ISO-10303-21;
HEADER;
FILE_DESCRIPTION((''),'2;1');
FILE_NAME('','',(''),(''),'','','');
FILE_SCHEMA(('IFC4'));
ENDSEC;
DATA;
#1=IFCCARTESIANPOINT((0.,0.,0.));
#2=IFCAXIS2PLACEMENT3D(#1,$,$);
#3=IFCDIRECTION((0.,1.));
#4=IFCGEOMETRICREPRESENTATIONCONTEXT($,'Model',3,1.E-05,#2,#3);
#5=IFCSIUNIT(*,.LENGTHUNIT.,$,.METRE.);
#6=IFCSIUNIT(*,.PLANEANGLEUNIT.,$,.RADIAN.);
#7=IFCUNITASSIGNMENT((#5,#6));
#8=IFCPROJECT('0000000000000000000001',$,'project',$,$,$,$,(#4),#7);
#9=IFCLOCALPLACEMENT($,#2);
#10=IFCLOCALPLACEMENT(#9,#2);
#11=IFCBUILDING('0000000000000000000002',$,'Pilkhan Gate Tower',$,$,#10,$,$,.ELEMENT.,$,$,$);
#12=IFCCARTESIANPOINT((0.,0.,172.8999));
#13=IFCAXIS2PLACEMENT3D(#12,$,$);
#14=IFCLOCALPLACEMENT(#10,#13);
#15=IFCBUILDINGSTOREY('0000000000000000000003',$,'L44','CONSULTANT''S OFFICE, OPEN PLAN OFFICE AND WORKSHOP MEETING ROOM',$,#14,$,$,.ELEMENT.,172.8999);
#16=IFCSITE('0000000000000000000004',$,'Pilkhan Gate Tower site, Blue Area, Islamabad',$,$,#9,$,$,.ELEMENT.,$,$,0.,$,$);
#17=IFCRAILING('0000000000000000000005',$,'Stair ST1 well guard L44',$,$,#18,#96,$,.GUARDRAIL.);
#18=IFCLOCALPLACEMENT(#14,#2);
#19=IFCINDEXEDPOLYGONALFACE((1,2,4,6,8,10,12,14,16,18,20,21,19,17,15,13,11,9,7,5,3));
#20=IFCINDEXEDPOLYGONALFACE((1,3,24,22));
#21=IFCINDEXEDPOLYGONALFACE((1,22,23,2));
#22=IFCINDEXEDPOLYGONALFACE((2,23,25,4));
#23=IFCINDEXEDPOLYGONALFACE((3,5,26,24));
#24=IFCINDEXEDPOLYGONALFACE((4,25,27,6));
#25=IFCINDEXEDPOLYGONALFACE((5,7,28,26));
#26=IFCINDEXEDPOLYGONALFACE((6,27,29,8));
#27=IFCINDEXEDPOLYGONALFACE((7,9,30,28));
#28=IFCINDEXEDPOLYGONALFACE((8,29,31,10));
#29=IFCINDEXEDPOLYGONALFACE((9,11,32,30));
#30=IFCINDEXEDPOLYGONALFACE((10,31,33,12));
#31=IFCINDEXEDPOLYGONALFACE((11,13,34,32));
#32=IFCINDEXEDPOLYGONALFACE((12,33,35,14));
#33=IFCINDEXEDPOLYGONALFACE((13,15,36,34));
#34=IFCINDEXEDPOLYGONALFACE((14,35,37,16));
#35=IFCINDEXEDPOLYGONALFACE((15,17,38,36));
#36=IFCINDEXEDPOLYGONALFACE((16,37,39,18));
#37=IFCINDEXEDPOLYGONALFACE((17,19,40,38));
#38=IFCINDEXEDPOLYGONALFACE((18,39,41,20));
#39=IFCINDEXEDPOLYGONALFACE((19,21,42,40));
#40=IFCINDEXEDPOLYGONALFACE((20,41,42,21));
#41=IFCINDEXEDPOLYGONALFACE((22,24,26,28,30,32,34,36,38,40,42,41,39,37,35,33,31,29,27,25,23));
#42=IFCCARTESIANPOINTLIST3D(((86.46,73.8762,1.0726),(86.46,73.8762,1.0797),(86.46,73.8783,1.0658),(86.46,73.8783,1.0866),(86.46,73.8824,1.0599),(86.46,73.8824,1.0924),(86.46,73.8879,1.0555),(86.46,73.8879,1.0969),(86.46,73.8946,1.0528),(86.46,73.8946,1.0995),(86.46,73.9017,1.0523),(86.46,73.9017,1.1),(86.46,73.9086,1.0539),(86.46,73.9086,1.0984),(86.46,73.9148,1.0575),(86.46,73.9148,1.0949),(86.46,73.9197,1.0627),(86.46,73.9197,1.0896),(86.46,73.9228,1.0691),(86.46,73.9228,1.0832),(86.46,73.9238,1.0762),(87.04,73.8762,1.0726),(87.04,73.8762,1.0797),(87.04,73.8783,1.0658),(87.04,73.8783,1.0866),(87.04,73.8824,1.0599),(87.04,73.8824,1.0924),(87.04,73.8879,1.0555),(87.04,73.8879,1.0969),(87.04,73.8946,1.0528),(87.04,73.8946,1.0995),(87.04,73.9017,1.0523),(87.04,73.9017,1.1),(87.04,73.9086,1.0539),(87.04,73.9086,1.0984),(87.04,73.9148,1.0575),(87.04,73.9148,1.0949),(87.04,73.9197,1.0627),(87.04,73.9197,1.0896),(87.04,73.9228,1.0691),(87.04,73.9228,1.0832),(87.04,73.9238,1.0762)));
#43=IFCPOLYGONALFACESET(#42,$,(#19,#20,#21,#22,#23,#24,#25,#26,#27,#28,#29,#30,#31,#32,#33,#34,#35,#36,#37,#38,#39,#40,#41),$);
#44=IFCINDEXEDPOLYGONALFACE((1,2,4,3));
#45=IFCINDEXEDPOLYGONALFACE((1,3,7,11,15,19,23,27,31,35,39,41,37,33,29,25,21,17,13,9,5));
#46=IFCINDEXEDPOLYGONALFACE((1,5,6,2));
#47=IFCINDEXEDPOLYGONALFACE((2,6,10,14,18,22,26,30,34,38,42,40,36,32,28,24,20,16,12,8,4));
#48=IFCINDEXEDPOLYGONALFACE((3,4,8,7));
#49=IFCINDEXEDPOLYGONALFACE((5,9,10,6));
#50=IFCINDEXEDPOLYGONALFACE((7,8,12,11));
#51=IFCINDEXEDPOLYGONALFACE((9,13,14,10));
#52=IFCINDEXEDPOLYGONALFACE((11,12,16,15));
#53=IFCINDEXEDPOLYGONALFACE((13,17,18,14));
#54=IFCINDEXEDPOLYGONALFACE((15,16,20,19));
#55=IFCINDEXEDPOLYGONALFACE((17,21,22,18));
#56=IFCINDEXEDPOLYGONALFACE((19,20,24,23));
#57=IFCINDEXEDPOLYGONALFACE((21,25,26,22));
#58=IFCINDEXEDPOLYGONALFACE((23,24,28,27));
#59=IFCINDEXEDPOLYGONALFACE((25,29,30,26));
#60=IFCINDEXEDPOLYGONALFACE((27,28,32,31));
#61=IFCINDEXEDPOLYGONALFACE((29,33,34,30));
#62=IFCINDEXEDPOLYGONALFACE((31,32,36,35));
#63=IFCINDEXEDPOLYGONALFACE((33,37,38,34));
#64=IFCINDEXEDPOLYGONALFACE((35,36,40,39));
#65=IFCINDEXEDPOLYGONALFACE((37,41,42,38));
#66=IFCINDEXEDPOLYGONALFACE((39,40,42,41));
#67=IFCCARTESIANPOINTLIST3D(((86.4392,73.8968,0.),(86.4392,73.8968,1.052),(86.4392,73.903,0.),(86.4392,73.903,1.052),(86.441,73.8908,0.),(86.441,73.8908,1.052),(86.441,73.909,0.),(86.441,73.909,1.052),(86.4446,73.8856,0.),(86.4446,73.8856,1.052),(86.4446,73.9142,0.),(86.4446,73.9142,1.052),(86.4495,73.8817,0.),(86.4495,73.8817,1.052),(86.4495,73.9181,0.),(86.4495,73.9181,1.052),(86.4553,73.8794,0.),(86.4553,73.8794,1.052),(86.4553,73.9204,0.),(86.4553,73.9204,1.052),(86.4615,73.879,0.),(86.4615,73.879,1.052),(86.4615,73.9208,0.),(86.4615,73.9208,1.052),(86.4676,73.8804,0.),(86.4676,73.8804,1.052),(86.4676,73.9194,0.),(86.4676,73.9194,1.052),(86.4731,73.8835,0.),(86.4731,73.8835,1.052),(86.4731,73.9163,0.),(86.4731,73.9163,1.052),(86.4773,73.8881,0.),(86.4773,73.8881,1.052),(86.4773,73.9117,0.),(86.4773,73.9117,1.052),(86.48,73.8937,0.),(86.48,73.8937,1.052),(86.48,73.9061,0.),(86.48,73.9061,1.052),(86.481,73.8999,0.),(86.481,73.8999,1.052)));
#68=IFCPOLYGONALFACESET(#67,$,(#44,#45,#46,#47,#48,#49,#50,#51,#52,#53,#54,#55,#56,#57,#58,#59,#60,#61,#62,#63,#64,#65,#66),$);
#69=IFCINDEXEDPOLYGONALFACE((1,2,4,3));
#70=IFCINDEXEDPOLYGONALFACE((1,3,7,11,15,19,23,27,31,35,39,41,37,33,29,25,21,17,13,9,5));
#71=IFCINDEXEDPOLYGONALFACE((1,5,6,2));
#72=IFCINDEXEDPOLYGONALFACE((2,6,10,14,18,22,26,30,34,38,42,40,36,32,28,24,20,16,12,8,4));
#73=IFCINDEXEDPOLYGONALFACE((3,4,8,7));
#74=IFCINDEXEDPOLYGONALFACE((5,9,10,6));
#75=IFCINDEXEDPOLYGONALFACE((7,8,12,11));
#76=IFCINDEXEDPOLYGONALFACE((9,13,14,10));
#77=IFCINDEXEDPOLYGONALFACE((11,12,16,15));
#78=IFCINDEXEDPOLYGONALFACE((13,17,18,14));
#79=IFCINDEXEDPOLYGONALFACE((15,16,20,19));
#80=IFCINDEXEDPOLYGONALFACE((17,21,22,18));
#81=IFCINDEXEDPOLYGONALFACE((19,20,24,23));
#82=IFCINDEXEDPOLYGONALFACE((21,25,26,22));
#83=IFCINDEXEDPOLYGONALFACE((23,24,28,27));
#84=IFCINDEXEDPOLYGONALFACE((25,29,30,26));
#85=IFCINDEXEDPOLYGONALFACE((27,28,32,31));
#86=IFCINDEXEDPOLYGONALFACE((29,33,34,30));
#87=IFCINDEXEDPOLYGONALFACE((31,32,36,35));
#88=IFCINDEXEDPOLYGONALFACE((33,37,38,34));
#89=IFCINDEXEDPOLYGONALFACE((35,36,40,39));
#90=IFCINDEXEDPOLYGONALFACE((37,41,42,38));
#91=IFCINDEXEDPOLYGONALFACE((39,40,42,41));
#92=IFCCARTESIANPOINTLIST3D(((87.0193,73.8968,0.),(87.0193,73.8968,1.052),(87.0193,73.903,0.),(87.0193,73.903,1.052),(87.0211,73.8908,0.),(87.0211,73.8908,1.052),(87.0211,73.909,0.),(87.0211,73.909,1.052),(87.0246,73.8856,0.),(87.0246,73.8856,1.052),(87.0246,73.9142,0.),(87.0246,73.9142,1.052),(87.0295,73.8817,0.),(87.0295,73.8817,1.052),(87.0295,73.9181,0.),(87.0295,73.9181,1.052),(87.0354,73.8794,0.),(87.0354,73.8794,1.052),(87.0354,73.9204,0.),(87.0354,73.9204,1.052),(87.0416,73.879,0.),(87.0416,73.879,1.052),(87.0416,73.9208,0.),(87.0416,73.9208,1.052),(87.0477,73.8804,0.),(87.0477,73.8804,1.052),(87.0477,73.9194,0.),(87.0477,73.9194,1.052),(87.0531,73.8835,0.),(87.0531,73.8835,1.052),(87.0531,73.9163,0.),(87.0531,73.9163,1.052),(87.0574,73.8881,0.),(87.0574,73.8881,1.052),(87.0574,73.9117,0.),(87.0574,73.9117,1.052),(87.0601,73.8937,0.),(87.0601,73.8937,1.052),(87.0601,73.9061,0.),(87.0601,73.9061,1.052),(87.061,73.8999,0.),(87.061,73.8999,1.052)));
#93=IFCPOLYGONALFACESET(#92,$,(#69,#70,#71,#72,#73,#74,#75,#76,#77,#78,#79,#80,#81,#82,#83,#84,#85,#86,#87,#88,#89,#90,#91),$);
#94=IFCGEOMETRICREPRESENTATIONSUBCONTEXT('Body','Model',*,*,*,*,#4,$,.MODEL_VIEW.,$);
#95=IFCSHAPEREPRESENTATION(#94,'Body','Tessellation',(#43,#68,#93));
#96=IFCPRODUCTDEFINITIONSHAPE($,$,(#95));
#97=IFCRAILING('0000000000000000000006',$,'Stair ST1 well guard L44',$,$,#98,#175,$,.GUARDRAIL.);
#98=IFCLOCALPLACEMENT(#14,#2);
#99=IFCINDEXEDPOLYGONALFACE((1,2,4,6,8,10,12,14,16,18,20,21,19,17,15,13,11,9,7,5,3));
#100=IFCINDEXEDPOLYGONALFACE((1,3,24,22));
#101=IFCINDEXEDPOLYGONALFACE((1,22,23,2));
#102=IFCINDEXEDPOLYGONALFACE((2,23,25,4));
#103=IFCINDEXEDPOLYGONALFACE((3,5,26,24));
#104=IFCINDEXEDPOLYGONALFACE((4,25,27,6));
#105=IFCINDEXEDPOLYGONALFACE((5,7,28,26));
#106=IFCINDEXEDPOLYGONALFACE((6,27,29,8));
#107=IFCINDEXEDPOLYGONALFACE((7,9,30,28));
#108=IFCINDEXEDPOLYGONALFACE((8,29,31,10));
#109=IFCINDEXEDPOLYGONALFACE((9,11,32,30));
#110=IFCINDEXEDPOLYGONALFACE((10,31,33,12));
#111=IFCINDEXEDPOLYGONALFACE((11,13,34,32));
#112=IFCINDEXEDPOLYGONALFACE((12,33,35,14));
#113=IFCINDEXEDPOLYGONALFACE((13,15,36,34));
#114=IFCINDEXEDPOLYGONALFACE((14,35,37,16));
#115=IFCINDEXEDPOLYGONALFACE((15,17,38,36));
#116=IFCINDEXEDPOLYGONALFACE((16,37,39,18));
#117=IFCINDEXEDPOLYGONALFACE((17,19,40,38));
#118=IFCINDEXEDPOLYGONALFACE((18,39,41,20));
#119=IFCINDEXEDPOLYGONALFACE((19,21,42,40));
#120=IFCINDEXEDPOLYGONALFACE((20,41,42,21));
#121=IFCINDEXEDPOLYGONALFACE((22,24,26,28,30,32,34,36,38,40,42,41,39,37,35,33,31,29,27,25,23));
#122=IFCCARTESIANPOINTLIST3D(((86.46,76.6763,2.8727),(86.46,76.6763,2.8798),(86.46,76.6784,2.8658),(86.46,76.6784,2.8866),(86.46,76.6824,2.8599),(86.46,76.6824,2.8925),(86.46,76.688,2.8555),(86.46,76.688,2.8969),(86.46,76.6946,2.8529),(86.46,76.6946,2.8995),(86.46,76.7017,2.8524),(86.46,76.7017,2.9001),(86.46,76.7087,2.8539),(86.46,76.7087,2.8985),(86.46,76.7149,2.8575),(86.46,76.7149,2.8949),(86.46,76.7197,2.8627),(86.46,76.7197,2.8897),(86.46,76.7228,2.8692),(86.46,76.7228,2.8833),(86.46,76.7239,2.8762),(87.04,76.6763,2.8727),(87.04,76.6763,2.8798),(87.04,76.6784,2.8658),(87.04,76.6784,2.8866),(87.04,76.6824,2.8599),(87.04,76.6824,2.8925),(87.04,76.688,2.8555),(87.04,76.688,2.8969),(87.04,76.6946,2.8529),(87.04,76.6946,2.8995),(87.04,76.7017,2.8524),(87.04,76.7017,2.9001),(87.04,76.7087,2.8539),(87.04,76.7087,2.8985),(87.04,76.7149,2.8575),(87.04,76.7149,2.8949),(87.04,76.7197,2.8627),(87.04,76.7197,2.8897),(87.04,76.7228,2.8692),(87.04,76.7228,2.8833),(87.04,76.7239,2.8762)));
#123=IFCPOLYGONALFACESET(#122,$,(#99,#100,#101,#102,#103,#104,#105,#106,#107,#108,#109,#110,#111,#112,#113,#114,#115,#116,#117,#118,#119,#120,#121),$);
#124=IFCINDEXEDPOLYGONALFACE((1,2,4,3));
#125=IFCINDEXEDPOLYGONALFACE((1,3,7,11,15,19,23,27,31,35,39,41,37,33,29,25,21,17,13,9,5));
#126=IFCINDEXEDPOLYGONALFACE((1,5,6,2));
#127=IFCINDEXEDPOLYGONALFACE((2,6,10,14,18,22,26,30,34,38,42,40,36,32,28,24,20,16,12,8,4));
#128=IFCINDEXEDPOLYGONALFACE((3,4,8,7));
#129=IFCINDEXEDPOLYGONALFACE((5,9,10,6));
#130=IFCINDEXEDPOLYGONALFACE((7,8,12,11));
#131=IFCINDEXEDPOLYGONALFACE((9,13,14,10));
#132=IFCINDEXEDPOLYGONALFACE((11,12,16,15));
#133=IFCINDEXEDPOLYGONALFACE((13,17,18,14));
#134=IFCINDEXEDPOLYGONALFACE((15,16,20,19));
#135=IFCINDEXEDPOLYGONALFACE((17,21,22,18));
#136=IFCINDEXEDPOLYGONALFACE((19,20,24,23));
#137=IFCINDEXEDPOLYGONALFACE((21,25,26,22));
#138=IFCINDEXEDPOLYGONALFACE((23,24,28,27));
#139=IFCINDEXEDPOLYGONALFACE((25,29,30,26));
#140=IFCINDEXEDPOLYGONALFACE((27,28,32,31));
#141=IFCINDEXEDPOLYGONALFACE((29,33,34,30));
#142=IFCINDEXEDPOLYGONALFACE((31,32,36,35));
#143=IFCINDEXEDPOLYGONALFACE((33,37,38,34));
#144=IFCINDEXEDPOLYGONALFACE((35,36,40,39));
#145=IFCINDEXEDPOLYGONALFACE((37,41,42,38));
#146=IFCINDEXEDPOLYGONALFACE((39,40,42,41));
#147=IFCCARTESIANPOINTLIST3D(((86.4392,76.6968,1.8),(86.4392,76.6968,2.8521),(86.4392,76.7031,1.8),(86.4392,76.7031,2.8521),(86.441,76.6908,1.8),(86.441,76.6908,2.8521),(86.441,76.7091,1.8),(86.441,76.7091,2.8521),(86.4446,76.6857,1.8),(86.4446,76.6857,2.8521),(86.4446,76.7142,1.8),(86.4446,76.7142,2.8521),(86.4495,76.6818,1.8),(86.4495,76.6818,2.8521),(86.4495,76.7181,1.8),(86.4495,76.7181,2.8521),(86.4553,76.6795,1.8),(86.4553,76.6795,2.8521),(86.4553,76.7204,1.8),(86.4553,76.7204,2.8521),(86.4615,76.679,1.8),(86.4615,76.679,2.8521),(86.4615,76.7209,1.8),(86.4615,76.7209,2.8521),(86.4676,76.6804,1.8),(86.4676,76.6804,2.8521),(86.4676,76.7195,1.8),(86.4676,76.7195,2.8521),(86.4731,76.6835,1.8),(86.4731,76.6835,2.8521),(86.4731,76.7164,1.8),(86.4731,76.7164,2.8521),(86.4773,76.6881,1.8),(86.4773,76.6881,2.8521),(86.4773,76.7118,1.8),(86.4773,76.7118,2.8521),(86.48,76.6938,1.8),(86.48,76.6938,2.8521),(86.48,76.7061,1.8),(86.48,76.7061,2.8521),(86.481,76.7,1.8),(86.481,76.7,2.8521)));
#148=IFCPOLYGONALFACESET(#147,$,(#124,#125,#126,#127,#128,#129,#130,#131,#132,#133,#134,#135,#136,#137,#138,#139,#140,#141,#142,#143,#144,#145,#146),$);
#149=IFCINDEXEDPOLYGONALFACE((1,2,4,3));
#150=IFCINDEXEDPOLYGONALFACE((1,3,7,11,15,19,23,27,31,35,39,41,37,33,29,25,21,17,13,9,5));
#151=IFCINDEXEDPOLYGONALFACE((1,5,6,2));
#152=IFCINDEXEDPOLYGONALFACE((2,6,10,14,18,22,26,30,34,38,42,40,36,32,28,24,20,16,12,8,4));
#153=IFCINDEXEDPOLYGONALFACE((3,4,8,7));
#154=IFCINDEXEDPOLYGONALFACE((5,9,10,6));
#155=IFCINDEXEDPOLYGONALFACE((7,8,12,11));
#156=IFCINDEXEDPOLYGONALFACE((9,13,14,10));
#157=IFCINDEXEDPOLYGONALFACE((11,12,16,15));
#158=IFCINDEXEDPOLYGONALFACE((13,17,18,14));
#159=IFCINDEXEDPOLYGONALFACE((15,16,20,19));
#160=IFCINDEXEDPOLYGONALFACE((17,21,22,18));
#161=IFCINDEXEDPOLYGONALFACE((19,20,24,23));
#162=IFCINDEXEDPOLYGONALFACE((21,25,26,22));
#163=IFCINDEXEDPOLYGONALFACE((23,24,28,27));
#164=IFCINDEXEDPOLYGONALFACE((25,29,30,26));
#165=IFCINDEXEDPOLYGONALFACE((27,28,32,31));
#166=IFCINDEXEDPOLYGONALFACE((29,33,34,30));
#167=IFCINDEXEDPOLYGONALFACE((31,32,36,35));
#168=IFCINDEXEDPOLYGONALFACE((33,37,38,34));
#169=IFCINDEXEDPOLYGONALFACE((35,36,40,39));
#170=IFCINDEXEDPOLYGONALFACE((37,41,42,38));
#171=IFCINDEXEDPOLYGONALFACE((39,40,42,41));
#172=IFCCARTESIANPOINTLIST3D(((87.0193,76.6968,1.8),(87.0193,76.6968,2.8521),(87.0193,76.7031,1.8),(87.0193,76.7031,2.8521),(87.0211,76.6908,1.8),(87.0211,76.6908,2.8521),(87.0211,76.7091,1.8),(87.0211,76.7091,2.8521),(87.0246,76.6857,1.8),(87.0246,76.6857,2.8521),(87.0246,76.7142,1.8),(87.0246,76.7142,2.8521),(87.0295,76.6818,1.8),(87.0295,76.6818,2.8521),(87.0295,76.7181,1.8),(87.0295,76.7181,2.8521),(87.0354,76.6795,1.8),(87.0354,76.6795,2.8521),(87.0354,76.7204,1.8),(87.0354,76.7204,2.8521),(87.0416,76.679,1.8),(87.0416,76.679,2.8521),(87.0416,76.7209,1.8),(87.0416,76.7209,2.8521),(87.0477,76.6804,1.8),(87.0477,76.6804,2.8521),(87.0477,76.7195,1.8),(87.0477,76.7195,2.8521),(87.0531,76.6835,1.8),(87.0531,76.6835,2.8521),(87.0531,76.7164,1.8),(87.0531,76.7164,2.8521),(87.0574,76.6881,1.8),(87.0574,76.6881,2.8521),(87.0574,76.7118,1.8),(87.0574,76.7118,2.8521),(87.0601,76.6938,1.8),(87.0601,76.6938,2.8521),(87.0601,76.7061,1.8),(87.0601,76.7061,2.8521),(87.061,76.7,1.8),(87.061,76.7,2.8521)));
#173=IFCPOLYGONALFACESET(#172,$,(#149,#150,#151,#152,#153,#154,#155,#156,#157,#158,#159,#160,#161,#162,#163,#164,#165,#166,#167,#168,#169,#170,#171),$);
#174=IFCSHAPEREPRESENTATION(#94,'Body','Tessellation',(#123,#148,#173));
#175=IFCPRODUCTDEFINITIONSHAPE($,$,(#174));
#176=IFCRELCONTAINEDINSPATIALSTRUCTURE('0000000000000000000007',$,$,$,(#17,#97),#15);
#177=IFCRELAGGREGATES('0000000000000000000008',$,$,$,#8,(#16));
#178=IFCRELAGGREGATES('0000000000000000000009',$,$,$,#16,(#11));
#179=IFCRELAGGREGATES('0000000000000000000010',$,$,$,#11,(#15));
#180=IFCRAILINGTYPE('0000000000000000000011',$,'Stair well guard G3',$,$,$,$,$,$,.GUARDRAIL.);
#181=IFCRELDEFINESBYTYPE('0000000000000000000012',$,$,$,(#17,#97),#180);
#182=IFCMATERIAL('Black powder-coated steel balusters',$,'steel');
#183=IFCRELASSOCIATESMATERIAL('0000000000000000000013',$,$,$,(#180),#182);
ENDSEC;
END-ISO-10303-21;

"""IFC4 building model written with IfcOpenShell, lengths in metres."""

from ifc_helpers import new_model, si_unit, direction, frame, origin, origin_2d, place, context, subcontext, project, spatial, circle, extrude, material, type_object, element, save


model = new_model("IFC4")

# Units and contexts
model_context = context("Model", 3, precision=1e-05, world=origin(), true_north=direction((0.0, 1.0)))
body_context = subcontext(model_context, "Body", "Model", "MODEL_VIEW")
ifc_project = project(units=[si_unit("LENGTHUNIT", "METRE"), si_unit("PLANEANGLEUNIT", "RADIAN")], contexts=[model_context])

# Site, building, storey
site_placement = place(None, origin())
site = spatial("IfcSite", under=ifc_project, at=site_placement, Name="Pilkhan Gate Tower site, Blue Area, Islamabad", CompositionType="ELEMENT", RefElevation=0.0)
building_placement = place(site_placement, origin())
building = spatial("IfcBuilding", under=site, at=building_placement, Name="Pilkhan Gate Tower", CompositionType="ELEMENT")
storey_placement = place(building_placement, frame((0.0, 0.0, 172.8999)))
storey = spatial("IfcBuildingStorey", under=building, at=storey_placement, Name="L44", Description="CONSULTANT'S OFFICE, OPEN PLAN OFFICE AND WORKSHOP MEETING ROOM", CompositionType="ELEMENT", Elevation=172.8999)

# Railings
ifc_material_1 = material(Name="Black powder-coated steel balusters", Category="steel")
railing_type_1 = type_object("IfcRailingType", Name="Stair well guard G3", PredefinedType="GUARDRAIL", material=ifc_material_1)
for number, where, name in (
    (1, (86.46, 73.8999, 0.0), "Stair ST1 well guard L44"),
    (2, (86.46, 76.7, 1.8), "Stair ST1 well guard L44"),
):
    element("IfcRailing", number, at=place(storey_placement, frame(where)), inside=storey, type_object=railing_type_1, Name=name, PredefinedType="GUARDRAIL", context=body_context, shape_type="SweptSolid", body=[
        extrude(circle(Radius=0.0239, at=origin_2d()), frame((0.0, 0.0, 1.0762), z_axis=(1.0, 0.0, 0.0), x_axis=(0.0, 1.0, 0.0)), (0.0, 0.0, 1.0), 0.5801),
        extrude(circle(Radius=0.021, at=origin_2d()), origin(), (0.0, 0.0, 1.0), 1.052),
        extrude(circle(Radius=0.021, at=origin_2d()), frame((0.5801, 0.0, 0.0)), (0.0, 0.0, 1.0), 1.052),
    ])

save(model, "model.ifc")
